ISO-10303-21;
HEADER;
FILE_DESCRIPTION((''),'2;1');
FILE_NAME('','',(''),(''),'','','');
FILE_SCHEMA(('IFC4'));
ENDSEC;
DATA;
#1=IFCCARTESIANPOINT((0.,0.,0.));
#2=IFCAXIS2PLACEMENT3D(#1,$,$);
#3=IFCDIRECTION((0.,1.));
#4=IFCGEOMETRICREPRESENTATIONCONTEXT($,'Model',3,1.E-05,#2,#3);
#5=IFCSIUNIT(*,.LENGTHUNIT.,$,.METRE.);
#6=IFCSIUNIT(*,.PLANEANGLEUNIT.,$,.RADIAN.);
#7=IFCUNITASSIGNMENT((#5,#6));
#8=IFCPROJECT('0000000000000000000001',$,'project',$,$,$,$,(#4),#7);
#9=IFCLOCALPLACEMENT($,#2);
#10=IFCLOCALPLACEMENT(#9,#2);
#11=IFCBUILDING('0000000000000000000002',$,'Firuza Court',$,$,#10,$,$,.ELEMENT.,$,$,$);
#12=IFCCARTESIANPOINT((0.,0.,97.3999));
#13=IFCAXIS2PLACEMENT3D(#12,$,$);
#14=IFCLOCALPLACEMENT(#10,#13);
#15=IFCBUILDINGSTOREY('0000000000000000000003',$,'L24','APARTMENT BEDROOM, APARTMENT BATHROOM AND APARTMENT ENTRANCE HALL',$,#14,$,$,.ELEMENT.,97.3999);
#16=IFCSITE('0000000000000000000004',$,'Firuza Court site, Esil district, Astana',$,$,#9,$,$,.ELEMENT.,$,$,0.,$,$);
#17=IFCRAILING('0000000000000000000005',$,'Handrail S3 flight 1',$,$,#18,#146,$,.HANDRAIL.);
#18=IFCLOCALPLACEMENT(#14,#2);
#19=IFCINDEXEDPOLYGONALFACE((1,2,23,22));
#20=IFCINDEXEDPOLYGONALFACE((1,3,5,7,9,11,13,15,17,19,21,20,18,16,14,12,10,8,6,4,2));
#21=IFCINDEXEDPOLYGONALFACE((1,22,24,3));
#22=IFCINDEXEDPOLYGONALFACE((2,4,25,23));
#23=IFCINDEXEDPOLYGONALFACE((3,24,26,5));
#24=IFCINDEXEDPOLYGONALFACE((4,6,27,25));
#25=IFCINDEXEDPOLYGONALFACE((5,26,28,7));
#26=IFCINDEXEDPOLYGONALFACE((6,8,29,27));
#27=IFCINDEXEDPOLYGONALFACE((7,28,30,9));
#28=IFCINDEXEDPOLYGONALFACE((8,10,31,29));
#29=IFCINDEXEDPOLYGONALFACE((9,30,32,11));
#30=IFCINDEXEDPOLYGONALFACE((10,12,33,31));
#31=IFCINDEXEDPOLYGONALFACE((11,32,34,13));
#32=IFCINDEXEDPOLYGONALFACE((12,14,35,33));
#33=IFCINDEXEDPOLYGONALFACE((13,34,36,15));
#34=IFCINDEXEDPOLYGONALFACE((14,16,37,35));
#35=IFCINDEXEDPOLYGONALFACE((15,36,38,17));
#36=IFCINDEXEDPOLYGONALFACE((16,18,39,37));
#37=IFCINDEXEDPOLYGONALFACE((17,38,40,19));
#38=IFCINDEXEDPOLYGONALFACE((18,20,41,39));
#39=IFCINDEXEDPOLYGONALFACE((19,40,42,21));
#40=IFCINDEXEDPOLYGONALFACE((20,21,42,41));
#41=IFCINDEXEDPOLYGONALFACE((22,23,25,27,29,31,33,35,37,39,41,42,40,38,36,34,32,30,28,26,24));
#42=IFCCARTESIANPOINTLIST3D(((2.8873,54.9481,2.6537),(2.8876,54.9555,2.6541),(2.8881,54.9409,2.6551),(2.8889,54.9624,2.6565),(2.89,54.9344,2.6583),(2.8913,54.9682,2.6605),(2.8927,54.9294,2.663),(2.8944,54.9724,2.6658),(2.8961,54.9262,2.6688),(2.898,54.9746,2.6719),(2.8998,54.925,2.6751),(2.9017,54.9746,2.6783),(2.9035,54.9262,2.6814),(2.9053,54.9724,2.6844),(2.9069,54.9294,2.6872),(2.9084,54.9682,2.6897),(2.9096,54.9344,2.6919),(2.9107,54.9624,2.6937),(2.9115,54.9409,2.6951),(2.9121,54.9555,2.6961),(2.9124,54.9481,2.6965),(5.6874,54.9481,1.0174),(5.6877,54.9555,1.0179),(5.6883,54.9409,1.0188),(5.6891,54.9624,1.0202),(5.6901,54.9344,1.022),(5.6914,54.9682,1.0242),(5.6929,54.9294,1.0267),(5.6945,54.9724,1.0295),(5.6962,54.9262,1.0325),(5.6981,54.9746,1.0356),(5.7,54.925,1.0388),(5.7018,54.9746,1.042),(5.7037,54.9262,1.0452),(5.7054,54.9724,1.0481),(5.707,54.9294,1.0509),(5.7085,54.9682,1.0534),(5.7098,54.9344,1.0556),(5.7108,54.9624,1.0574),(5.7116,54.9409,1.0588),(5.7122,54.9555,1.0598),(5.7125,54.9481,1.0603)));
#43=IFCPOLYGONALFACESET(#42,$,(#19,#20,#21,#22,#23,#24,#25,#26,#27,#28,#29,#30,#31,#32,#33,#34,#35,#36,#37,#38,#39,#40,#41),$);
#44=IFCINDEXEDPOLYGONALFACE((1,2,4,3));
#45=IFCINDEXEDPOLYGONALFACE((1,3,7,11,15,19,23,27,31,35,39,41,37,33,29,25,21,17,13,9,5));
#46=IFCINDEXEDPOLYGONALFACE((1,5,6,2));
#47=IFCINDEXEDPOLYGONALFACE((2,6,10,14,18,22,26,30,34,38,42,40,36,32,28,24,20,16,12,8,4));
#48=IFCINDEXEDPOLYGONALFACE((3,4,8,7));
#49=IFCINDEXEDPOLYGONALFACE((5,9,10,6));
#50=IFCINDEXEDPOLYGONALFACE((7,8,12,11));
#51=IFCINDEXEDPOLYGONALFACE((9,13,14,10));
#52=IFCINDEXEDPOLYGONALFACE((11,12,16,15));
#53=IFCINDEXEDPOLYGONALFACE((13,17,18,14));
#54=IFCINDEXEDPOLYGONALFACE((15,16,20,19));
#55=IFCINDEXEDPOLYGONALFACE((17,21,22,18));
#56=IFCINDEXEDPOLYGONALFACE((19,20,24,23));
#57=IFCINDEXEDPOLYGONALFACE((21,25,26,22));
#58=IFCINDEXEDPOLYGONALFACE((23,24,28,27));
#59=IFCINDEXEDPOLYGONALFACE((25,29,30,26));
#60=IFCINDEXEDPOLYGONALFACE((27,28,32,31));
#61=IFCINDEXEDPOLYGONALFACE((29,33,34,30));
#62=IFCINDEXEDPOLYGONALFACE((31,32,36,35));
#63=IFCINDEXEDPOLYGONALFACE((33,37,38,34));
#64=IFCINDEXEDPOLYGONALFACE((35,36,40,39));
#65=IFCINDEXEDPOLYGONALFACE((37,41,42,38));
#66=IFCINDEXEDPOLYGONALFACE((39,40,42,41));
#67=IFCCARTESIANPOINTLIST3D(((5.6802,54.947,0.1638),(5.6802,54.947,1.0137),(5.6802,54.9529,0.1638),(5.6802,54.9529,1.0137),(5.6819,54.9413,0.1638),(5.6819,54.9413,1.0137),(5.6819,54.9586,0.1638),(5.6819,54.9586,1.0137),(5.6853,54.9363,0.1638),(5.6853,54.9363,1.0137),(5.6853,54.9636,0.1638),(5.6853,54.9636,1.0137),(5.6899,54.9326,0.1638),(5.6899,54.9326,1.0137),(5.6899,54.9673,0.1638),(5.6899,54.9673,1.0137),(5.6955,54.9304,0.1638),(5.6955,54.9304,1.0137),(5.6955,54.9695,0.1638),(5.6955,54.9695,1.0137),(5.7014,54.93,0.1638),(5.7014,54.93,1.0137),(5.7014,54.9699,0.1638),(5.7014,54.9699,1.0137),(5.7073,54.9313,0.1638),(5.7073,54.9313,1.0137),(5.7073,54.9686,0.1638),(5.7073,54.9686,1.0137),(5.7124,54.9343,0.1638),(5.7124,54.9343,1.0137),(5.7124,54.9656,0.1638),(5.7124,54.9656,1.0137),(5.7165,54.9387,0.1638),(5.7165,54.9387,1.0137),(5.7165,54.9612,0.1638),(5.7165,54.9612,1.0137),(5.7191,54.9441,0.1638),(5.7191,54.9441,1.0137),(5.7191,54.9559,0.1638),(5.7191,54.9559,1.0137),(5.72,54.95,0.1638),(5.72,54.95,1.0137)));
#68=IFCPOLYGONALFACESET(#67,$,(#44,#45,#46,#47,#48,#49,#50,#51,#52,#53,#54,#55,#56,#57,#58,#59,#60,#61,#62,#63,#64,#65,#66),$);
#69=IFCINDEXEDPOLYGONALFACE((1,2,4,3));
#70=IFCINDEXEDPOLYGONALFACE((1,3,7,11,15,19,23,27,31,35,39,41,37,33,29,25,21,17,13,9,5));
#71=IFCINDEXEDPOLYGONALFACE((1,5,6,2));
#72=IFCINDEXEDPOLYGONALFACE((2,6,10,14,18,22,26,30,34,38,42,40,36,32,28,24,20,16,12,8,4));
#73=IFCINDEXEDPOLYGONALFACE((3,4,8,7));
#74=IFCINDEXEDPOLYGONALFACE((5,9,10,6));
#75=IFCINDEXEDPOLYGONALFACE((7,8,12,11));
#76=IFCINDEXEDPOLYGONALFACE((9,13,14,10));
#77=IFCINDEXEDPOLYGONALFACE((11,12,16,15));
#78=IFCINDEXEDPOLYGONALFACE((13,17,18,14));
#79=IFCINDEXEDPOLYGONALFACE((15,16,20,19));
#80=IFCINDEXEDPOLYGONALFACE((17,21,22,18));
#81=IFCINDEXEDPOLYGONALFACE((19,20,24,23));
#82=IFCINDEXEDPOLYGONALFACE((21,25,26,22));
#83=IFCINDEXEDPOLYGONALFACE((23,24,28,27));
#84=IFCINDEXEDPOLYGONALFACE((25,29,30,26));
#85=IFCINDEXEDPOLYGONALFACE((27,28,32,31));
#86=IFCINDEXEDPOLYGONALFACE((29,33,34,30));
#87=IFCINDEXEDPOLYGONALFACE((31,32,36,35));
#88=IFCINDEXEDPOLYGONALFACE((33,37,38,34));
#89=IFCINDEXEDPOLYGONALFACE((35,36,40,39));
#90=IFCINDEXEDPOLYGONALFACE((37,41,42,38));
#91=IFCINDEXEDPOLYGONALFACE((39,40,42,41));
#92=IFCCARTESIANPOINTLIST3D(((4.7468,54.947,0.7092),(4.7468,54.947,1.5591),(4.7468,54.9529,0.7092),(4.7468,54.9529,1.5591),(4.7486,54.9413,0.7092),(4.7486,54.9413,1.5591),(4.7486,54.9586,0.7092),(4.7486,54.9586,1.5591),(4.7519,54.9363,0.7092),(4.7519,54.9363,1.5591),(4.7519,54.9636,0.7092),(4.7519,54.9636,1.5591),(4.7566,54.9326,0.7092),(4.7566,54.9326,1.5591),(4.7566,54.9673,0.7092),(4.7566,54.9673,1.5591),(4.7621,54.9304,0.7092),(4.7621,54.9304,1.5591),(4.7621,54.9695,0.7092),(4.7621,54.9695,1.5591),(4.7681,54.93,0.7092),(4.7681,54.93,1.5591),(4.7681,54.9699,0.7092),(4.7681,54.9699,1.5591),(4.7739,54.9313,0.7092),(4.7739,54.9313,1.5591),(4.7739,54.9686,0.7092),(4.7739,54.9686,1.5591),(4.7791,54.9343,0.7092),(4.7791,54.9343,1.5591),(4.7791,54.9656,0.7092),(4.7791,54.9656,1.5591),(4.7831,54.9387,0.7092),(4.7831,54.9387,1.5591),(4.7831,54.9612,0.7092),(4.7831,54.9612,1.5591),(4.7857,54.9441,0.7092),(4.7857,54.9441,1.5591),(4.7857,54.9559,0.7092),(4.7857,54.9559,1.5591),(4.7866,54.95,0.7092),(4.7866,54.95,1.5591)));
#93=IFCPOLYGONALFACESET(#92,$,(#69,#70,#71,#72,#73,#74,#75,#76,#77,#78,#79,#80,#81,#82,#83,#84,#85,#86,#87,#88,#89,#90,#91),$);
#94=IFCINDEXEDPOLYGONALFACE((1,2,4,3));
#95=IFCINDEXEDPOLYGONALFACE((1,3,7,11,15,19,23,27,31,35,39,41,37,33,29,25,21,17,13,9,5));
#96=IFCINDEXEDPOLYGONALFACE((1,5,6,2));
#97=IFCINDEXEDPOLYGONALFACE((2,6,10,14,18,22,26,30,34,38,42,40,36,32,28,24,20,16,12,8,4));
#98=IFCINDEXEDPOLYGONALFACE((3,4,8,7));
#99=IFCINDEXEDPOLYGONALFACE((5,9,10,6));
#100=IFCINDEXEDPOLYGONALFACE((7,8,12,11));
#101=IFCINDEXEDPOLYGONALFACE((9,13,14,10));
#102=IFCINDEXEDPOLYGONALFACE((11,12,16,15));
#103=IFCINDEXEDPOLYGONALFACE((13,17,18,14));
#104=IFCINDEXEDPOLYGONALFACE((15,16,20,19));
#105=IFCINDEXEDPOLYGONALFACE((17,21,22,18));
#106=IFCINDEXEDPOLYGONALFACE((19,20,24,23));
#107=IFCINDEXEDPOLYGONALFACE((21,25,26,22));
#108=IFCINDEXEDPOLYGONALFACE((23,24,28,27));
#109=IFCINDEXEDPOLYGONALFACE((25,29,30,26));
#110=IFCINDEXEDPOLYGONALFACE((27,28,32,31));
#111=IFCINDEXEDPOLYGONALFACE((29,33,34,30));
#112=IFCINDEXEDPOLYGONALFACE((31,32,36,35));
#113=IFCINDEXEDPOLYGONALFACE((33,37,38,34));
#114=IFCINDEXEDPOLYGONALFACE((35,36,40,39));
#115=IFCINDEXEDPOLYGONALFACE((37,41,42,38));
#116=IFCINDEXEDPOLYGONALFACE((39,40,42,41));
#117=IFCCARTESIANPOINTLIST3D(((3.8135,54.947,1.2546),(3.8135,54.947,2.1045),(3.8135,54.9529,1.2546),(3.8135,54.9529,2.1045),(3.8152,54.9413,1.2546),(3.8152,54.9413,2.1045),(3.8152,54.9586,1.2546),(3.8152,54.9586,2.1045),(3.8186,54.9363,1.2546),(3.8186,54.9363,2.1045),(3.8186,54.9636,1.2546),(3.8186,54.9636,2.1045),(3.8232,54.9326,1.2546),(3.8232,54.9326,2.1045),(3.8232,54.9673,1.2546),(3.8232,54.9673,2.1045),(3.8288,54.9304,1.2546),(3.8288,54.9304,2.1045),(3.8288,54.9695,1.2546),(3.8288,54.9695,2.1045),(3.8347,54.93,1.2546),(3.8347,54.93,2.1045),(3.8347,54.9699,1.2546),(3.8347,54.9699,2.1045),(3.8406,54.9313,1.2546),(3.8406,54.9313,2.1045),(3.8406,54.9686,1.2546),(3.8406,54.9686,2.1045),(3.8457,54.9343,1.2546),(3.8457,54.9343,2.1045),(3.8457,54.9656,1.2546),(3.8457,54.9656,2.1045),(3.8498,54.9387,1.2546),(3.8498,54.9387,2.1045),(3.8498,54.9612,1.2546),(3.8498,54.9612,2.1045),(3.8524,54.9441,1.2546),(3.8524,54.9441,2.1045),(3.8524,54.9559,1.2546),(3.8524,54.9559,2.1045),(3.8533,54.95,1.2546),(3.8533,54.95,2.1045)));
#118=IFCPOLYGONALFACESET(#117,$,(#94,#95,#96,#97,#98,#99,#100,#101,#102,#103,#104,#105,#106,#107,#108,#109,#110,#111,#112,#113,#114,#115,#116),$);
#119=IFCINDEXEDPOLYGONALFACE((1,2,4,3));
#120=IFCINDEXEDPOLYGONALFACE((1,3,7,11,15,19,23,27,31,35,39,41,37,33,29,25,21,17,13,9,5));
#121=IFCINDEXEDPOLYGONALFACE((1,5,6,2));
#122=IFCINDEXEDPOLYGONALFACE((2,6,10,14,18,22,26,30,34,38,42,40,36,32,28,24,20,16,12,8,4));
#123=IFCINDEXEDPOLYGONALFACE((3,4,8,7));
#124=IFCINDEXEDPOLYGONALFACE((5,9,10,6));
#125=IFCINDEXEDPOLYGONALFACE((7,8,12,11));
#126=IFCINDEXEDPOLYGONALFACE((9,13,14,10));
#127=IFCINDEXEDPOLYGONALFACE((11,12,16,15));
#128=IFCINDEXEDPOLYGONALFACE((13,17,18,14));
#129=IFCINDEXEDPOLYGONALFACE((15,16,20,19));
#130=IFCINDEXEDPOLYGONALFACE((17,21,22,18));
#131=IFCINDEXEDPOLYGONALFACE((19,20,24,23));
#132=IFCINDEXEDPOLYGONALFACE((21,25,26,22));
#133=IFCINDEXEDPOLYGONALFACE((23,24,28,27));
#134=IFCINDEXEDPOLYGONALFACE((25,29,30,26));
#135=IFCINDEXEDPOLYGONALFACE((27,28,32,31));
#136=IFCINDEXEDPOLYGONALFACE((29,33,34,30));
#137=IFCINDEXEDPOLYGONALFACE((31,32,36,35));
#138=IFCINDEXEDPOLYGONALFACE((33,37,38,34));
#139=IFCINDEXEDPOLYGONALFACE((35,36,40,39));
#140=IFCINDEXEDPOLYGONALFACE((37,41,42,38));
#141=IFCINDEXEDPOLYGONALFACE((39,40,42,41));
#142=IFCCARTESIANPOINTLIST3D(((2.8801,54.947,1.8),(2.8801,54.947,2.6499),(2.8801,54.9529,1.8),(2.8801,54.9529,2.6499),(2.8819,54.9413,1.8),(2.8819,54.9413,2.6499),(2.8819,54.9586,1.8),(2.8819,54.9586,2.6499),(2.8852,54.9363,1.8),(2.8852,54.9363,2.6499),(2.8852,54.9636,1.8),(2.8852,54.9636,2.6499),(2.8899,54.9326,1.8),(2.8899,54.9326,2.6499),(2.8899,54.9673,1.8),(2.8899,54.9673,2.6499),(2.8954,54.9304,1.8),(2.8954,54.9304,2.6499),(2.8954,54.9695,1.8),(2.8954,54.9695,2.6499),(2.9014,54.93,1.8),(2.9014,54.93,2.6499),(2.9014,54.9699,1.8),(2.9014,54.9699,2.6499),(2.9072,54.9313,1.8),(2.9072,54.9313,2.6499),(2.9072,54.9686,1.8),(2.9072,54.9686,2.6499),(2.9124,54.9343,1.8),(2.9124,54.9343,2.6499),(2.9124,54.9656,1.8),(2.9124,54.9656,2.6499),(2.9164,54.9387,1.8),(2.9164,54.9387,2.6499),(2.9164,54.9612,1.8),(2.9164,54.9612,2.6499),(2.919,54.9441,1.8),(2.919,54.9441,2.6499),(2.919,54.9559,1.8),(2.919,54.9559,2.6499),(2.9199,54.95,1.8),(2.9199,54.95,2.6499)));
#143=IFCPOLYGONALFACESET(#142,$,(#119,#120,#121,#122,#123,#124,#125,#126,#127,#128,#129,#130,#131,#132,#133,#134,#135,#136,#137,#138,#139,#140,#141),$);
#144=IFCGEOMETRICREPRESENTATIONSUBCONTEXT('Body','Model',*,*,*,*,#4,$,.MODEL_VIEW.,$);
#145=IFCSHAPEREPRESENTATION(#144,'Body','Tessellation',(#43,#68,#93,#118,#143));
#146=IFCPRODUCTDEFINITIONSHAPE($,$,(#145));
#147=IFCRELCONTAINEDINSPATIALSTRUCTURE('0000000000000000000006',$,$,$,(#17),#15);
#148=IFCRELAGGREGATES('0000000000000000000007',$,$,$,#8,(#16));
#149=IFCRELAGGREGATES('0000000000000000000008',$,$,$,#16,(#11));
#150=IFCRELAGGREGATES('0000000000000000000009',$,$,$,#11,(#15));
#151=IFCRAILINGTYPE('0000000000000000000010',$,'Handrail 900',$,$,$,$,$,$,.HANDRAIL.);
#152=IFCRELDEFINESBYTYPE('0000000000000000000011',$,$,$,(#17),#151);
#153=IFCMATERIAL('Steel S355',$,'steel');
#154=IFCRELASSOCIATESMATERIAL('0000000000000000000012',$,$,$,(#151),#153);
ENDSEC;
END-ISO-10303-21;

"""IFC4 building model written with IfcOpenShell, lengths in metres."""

from ifc_helpers import new_model, si_unit, direction, frame, origin, origin_2d, place, context, subcontext, project, spatial, circle, extrude, material, type_object, element, save


model = new_model("IFC4")

# Units and contexts
model_context = context("Model", 3, precision=1e-05, world=origin(), true_north=direction((0.0, 1.0)))
body_context = subcontext(model_context, "Body", "Model", "MODEL_VIEW")
ifc_project = project(units=[si_unit("LENGTHUNIT", "METRE"), si_unit("PLANEANGLEUNIT", "RADIAN")], contexts=[model_context])

# Site, building, storey
site_placement = place(None, origin())
site = spatial("IfcSite", under=ifc_project, at=site_placement, Name="Firuza Court site, Esil district, Astana", CompositionType="ELEMENT", RefElevation=0.0)
building_placement = place(site_placement, origin())
building = spatial("IfcBuilding", under=site, at=building_placement, Name="Firuza Court", CompositionType="ELEMENT")
storey_placement = place(building_placement, frame((0.0, 0.0, 97.3999)))
storey = spatial("IfcBuildingStorey", under=building, at=storey_placement, Name="L24", Description="APARTMENT BEDROOM, APARTMENT BATHROOM AND APARTMENT ENTRANCE HALL", CompositionType="ELEMENT", Elevation=97.3999)

# Railing
ifc_material_1 = material(Name="Steel S355", Category="steel")
railing_type_1 = type_object("IfcRailingType", Name="Handrail 900", PredefinedType="HANDRAIL", material=ifc_material_1)
railing_1_placement = place(storey_placement, frame((5.7, 54.95, 0.1638)))
element("IfcRailing", 1, at=railing_1_placement, inside=storey, type_object=railing_type_1, Name="Handrail S3 flight 1", PredefinedType="HANDRAIL", context=body_context, shape_type="SweptSolid", body=[
    extrude(circle(Radius=0.0249, at=origin_2d()), frame((0.0, 0.0, 0.875), z_axis=(-0.863394, 0.0, 0.504531), x_axis=(0.0, -1.0, 0.0)), (0.0, 0.0, 1.0), 3.2432),
    extrude(circle(Radius=0.02, at=origin_2d()), origin(), (0.0, 0.0, 1.0), 0.8499),
    extrude(circle(Radius=0.02, at=origin_2d()), frame((-0.9333, 0.0, 0.5454)), (0.0, 0.0, 1.0), 0.8499),
    extrude(circle(Radius=0.02, at=origin_2d()), frame((-1.8667, 0.0, 1.0908)), (0.0, 0.0, 1.0), 0.8499),
    extrude(circle(Radius=0.02, at=origin_2d()), frame((-2.8, 0.0, 1.6362)), (0.0, 0.0, 1.0), 0.8499),
])

save(model, "model.ifc")
